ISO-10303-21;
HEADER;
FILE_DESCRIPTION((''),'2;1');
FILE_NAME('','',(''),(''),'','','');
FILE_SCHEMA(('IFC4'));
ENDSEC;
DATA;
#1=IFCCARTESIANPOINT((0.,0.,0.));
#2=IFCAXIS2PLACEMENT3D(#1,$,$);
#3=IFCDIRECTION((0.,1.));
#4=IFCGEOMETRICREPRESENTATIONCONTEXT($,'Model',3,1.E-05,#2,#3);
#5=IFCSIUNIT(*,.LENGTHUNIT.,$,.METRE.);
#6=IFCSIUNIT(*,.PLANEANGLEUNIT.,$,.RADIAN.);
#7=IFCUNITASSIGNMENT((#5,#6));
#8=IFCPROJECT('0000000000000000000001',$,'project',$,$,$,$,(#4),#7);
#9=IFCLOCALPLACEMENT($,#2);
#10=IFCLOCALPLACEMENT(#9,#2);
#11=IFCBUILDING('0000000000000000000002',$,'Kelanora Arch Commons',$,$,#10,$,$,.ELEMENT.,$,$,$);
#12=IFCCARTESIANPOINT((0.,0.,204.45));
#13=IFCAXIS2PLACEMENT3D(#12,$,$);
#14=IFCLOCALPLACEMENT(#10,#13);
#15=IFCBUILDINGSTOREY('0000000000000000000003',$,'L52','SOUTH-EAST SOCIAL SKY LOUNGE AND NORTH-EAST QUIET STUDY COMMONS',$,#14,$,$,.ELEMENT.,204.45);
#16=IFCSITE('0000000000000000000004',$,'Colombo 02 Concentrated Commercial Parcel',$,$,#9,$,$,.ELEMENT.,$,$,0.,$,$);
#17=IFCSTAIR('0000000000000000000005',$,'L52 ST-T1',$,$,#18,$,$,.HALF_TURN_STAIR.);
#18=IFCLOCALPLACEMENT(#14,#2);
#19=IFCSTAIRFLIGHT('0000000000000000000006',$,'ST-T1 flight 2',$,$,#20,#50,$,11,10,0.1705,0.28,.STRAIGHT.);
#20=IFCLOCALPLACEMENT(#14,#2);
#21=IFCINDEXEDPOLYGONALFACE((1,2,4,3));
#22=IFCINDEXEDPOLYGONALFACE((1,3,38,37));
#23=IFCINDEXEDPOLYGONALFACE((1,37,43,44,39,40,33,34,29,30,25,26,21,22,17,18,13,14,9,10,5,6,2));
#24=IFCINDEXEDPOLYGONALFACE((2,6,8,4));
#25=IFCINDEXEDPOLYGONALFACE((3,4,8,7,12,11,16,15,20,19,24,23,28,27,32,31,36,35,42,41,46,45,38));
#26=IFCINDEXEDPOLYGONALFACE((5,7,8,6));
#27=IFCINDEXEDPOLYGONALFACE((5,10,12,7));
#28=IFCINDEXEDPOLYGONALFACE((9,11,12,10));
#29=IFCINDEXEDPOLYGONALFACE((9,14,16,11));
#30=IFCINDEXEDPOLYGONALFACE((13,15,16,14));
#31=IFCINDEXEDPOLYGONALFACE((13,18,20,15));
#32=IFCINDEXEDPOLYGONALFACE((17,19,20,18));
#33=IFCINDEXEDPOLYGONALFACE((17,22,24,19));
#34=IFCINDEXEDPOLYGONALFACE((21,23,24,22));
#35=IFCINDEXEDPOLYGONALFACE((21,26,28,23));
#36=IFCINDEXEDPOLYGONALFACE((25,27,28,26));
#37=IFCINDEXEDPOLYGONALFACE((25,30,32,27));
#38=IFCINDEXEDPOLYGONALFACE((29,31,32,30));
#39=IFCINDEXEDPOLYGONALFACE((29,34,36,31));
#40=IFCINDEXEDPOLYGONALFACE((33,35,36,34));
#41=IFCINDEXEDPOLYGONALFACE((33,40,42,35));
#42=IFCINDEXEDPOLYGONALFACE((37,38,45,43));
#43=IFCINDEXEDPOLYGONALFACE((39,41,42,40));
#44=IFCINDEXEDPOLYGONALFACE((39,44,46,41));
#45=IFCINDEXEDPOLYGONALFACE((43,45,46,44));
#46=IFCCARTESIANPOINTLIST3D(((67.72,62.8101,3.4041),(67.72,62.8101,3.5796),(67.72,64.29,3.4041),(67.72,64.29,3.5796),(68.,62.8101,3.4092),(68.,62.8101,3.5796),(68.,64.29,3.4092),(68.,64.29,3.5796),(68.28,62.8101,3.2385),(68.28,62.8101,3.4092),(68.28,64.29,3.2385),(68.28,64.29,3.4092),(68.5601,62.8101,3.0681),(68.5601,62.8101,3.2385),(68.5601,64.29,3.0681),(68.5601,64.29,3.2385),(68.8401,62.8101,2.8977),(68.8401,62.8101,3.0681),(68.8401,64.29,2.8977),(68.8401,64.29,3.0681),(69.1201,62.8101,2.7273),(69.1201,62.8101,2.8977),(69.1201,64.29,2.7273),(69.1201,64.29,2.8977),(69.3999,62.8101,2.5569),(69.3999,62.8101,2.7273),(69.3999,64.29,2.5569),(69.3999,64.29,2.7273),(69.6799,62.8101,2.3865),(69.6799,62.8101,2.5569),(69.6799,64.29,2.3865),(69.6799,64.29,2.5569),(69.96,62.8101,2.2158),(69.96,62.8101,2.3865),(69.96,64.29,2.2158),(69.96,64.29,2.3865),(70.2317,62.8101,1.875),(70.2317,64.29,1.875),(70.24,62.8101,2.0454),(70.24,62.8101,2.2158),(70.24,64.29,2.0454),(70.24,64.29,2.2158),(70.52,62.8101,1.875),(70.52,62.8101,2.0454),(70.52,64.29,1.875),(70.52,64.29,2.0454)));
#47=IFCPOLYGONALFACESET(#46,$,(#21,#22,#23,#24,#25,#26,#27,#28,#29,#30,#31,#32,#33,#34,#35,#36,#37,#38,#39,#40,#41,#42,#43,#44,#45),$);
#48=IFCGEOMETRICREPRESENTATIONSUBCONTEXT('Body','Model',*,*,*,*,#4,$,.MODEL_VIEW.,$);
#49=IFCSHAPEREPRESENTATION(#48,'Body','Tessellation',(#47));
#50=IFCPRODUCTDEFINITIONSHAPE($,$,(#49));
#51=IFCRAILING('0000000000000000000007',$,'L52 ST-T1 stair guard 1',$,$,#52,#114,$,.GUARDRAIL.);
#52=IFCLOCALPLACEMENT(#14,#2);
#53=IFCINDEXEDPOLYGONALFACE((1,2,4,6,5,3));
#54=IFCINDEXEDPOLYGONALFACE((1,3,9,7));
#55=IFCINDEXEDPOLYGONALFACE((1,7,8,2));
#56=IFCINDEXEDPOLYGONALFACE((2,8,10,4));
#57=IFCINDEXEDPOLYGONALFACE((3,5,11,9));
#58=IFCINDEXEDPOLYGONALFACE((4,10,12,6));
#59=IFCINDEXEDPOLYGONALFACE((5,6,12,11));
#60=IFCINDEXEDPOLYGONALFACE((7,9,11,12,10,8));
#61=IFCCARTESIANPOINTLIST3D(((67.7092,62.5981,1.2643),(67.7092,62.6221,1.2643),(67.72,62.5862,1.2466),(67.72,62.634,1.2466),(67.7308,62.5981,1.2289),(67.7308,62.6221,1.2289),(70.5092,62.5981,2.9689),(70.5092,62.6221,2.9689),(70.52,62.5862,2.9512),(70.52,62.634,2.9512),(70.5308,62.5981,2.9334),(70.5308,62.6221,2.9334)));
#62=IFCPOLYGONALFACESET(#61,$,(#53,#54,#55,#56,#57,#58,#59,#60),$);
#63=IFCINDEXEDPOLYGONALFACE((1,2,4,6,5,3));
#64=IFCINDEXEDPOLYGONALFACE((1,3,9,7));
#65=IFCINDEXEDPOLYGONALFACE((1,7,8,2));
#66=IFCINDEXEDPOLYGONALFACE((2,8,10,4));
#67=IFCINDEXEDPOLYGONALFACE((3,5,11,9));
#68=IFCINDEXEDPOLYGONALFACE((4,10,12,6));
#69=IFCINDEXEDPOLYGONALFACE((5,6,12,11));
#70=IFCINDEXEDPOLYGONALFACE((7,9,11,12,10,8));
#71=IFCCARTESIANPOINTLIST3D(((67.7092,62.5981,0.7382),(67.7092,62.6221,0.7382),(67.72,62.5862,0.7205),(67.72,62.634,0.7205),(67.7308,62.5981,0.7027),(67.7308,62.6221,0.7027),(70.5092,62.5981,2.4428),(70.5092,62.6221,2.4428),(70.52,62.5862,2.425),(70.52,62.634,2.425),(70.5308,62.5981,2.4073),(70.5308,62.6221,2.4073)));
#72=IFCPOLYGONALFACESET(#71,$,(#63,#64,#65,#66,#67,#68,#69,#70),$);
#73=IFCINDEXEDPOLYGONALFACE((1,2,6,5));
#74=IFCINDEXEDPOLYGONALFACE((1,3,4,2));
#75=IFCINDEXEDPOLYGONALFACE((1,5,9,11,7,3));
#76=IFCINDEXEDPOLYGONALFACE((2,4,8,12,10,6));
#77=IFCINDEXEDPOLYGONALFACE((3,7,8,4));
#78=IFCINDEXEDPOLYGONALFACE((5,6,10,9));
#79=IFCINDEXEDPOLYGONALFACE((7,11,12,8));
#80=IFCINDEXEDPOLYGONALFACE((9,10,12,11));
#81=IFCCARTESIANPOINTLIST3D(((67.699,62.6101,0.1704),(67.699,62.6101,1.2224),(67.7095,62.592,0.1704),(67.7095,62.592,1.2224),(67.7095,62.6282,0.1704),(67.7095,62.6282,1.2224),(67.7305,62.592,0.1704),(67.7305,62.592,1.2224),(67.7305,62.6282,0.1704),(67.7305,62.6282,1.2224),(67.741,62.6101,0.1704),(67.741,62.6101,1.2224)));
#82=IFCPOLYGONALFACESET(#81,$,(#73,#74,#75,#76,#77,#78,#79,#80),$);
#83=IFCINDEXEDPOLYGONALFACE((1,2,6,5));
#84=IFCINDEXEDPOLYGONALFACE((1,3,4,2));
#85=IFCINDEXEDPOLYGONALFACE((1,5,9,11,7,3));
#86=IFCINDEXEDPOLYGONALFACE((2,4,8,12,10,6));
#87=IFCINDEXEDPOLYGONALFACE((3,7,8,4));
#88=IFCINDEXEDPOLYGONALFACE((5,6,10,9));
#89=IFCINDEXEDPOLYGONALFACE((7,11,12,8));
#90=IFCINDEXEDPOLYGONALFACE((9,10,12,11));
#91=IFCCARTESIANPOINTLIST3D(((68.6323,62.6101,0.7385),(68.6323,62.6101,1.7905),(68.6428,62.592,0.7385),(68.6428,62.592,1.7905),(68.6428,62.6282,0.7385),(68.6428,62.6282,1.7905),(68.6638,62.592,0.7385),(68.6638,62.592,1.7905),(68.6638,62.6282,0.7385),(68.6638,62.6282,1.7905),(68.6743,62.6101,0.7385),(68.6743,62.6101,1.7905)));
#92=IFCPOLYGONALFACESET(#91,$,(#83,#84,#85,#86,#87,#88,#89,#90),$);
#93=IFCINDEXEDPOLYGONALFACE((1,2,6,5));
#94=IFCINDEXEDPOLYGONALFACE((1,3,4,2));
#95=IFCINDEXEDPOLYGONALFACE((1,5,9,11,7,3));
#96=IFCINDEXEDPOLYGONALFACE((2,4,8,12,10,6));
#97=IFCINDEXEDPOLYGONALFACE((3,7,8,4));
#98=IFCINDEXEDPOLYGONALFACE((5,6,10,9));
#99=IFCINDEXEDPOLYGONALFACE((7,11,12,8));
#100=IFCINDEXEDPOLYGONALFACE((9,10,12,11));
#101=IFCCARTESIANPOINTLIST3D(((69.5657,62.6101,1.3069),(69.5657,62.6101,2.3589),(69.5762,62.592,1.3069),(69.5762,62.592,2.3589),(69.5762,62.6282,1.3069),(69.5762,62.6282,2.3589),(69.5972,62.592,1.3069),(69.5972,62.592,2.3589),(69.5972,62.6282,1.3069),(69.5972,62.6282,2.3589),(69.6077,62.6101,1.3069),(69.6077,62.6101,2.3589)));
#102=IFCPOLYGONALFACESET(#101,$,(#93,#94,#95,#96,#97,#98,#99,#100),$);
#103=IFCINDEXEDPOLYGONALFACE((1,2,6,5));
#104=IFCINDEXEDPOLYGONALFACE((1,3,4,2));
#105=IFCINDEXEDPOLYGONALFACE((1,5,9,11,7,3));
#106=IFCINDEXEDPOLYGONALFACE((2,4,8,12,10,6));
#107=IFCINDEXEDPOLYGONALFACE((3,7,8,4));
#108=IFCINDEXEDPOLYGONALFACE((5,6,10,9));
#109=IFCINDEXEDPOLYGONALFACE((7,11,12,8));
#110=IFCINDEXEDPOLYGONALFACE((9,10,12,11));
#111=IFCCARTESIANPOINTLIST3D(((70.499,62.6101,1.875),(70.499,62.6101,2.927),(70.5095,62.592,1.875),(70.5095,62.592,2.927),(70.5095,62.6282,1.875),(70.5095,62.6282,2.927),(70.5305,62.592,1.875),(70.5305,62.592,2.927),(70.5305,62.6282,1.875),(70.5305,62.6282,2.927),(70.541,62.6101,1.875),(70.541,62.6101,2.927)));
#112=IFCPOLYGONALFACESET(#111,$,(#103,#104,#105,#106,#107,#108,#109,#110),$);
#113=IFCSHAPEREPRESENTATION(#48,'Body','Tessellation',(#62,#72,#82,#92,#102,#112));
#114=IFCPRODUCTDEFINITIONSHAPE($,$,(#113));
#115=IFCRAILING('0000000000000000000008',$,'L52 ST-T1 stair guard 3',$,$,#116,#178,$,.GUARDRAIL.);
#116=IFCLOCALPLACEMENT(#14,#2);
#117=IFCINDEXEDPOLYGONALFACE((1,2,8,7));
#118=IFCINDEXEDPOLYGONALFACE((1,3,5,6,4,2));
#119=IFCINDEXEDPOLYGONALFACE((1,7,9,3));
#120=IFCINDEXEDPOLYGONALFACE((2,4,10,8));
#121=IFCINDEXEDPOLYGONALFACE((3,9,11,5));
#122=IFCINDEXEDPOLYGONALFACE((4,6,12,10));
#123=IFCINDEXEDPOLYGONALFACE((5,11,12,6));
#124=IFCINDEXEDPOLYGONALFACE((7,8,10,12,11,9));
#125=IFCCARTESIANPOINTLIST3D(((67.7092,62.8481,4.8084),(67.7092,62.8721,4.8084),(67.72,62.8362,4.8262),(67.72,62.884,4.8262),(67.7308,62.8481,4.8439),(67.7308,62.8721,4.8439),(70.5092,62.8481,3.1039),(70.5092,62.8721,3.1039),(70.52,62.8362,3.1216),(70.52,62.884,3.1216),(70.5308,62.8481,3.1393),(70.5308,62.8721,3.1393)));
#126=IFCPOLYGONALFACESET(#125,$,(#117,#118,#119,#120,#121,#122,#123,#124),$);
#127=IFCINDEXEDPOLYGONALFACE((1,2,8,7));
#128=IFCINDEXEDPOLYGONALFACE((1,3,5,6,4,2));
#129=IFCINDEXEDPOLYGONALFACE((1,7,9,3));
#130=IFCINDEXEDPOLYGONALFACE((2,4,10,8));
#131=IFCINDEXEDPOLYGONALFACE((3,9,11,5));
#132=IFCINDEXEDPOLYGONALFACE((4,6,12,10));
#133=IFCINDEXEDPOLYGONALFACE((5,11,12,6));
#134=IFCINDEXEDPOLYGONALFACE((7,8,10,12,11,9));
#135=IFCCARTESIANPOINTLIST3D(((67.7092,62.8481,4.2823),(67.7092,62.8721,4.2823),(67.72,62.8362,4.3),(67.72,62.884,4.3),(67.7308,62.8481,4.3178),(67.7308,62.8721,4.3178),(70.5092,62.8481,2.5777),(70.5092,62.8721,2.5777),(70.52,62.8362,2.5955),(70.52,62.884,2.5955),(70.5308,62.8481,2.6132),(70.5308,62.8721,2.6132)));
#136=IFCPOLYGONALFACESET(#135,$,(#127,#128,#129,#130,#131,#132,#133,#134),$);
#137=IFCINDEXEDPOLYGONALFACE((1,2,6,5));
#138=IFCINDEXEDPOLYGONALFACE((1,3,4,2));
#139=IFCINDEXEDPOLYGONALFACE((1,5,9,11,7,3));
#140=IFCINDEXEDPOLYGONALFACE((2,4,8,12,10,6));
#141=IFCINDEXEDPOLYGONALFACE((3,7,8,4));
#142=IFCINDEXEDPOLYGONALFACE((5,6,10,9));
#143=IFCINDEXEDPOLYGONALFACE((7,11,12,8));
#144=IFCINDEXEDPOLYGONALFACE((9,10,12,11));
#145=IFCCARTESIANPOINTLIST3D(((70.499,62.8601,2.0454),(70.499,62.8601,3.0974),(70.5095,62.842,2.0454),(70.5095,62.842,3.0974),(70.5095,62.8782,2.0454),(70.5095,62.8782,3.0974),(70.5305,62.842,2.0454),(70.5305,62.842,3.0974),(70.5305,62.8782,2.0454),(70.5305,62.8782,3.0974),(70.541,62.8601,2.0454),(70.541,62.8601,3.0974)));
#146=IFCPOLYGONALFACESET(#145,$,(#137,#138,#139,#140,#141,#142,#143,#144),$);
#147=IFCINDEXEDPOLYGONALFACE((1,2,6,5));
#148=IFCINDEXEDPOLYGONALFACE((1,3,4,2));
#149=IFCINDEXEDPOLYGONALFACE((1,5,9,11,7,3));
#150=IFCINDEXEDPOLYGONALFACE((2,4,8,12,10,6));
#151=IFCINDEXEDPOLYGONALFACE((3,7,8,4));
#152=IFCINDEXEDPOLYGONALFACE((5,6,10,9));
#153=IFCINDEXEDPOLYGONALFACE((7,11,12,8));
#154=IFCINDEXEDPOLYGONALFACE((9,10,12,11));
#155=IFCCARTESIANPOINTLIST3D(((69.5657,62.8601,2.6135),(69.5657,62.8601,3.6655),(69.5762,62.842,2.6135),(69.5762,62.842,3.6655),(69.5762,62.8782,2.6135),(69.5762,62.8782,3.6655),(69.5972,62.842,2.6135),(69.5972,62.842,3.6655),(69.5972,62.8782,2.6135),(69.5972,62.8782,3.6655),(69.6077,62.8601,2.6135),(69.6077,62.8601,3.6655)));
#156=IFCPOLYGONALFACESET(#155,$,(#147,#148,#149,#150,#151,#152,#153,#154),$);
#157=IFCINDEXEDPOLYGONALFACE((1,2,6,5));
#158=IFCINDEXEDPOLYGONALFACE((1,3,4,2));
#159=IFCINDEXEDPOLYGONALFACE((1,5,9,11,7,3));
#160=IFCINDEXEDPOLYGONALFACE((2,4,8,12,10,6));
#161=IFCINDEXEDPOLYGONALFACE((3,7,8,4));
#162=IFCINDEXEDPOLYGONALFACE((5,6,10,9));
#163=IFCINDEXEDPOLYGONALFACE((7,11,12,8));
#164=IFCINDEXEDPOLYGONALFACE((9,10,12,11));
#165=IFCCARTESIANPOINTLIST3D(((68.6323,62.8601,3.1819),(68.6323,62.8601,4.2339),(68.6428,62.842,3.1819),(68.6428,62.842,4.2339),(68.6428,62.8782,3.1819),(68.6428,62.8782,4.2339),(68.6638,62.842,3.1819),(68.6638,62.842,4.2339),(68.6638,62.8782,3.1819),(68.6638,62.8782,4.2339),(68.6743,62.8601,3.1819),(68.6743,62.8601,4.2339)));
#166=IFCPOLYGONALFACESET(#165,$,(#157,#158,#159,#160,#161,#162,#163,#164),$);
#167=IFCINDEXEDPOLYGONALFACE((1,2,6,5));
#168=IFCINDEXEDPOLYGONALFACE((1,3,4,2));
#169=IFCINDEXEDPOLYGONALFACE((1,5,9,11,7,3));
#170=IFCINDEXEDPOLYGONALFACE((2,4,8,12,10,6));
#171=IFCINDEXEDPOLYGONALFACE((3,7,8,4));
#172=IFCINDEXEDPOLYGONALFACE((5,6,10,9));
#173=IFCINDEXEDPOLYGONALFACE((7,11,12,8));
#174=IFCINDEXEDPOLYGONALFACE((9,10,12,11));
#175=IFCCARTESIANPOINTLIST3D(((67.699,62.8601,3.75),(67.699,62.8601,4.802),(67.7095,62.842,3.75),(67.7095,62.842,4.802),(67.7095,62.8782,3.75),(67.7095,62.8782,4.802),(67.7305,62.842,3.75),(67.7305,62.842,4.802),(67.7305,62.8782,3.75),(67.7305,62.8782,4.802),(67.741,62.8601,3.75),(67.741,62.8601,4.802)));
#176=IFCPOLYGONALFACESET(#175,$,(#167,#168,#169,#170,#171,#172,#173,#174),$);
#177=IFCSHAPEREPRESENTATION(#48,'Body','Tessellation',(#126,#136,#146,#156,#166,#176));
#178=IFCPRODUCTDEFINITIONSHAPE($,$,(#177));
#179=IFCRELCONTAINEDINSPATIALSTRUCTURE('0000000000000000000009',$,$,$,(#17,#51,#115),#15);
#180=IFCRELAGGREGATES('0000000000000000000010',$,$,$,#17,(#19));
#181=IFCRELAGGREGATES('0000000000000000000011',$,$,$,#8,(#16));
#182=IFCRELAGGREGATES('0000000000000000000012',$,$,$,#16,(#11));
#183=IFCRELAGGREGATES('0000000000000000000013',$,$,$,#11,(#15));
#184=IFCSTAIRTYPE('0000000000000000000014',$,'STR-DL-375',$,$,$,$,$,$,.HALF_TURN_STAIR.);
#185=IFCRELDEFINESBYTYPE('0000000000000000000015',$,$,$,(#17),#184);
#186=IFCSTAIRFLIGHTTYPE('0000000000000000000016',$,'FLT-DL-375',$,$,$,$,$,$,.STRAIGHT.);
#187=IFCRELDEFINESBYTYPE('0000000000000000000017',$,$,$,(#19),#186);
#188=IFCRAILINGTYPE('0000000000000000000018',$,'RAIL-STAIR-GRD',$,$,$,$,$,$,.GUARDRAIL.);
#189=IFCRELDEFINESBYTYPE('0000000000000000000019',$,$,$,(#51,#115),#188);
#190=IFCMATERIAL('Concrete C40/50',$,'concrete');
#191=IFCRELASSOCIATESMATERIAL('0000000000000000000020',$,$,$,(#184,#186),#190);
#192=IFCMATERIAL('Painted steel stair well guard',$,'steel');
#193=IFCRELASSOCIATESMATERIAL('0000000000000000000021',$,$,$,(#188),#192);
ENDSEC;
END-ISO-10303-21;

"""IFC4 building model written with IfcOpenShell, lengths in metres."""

from ifc_helpers import new_model, si_unit, direction, frame, origin, place, context, subcontext, project, spatial, polyline, outline, extrude, material, type_object, element, aggregate, save


model = new_model("IFC4")

# Units and contexts
model_context = context("Model", 3, precision=1e-05, world=origin(), true_north=direction((0.0, 1.0)))
body_context = subcontext(model_context, "Body", "Model", "MODEL_VIEW")
ifc_project = project(units=[si_unit("LENGTHUNIT", "METRE"), si_unit("PLANEANGLEUNIT", "RADIAN")], contexts=[model_context])

# Site, building, storey
site_placement = place(None, origin())
site = spatial("IfcSite", under=ifc_project, at=site_placement, Name="Colombo 02 Concentrated Commercial Parcel", CompositionType="ELEMENT", RefElevation=0.0)
building_placement = place(site_placement, origin())
building = spatial("IfcBuilding", under=site, at=building_placement, Name="Kelanora Arch Commons", CompositionType="ELEMENT")
storey_placement = place(building_placement, frame((0.0, 0.0, 204.45)))
storey = spatial("IfcBuildingStorey", under=building, at=storey_placement, Name="L52", Description="SOUTH-EAST SOCIAL SKY LOUNGE AND NORTH-EAST QUIET STUDY COMMONS", CompositionType="ELEMENT", Elevation=204.45)

# Shared definitions
ifc_material_1 = material(Name="Concrete C40/50", Category="concrete")

# Stair, stair flight
stair_type = type_object("IfcStairType", Name="STR-DL-375", PredefinedType="HALF_TURN_STAIR", material=ifc_material_1)
stair_placement = place(storey_placement, origin())
stair = element("IfcStair", 1, at=stair_placement, inside=storey, type_object=stair_type, Name="L52 ST-T1", PredefinedType="HALF_TURN_STAIR")
stair_flight_type = type_object("IfcStairFlightType", Name="FLT-DL-375", PredefinedType="STRAIGHT", material=ifc_material_1)
stair_flight_1_placement = place(storey_placement, frame((70.52, 63.55, 1.875), z_axis=(0.0, 0.0, 1.0), x_axis=(-1.0, 0.0, 0.0)))
stair_flight_1 = element("IfcStairFlight", 2, at=stair_flight_1_placement, type_object=stair_flight_type, Name="ST-T1 flight 2", NumberOfRisers=11, NumberOfTreads=10, PredefinedType="STRAIGHT", RiserHeight=0.1705, TreadLength=0.28, context=body_context, shape_type="SweptSolid", body=[
    extrude(outline(polyline([(0.0, 0.0), (0.0, 0.1704), (0.28, 0.1704), (0.28, 0.3408), (0.5601, 0.3408), (0.5601, 0.5115), (0.8401, 0.5115), (0.8401, 0.6819), (1.1201, 0.6819), (1.1201, 0.8523), (1.3999, 0.8523), (1.3999, 1.0227), (1.6799, 1.0227), (1.6799, 1.1931), (1.96, 1.1931), (1.96, 1.3635), (2.24, 1.3635), (2.24, 1.5342), (2.52, 1.5342), (2.52, 1.7046), (2.8, 1.7046), (2.8, 1.875), (2.8, 1.5291), (0.2883, 0.0), (0.0, 0.0)])), frame((0.0, 0.74, 0.0), z_axis=(0.0, -1.0, 0.0), x_axis=(1.0, 0.0, 0.0)), (0.0, 0.0, 1.0), 1.48),
])
aggregate(stair, [stair_flight_1])

# Railings
ifc_material_2 = material(Name="Painted steel stair well guard", Category="steel")
railing_type_1 = type_object("IfcRailingType", Name="RAIL-STAIR-GRD", PredefinedType="GUARDRAIL", material=ifc_material_2)
railing_1_placement = place(storey_placement, frame((67.72, 62.6101, 0.1704)))
element("IfcRailing", 3, at=railing_1_placement, inside=storey, type_object=railing_type_1, Name="L52 ST-T1 stair guard 1", PredefinedType="GUARDRAIL", context=body_context, shape_type="SweptSolid", body=[
    extrude(outline(polyline([(0.0239, 0.0), (0.012, 0.0208), (-0.012, 0.0208), (-0.0239, 0.0), (-0.012, -0.0208), (0.012, -0.0208), (0.0239, 0.0)])), frame((0.0, 0.0, 1.0762), z_axis=(0.85417, 0.0, 0.519994), x_axis=(0.0, 1.0, 0.0)), (0.0, 0.0, 1.0), 3.2781),
    extrude(outline(polyline([(0.0239, 0.0), (0.012, 0.0208), (-0.012, 0.0208), (-0.0239, 0.0), (-0.012, -0.0208), (0.012, -0.0208), (0.0239, 0.0)])), frame((0.0, 0.0, 0.55), z_axis=(0.85417, 0.0, 0.519994), x_axis=(0.0, 1.0, 0.0)), (0.0, 0.0, 1.0), 3.2781),
    extrude(outline(polyline([(0.021, 0.0), (0.0105, 0.0181), (-0.0105, 0.0181), (-0.021, 0.0), (-0.0105, -0.0181), (0.0105, -0.0181), (0.021, 0.0)])), origin(), (0.0, 0.0, 1.0), 1.052),
    extrude(outline(polyline([(0.021, 0.0), (0.0105, 0.0181), (-0.0105, 0.0181), (-0.021, 0.0), (-0.0105, -0.0181), (0.0105, -0.0181), (0.021, 0.0)])), frame((0.9333, 0.0, 0.5681)), (0.0, 0.0, 1.0), 1.052),
    extrude(outline(polyline([(0.021, 0.0), (0.0105, 0.0181), (-0.0105, 0.0181), (-0.021, 0.0), (-0.0105, -0.0181), (0.0105, -0.0181), (0.021, 0.0)])), frame((1.8667, 0.0, 1.1365)), (0.0, 0.0, 1.0), 1.052),
    extrude(outline(polyline([(0.021, 0.0), (0.0105, 0.0181), (-0.0105, 0.0181), (-0.021, 0.0), (-0.0105, -0.0181), (0.0105, -0.0181), (0.021, 0.0)])), frame((2.8, 0.0, 1.7046)), (0.0, 0.0, 1.0), 1.052),
])
railing_2_placement = place(storey_placement, frame((70.52, 62.8601, 2.0454)))
element("IfcRailing", 4, at=railing_2_placement, inside=storey, type_object=railing_type_1, Name="L52 ST-T1 stair guard 3", PredefinedType="GUARDRAIL", context=body_context, shape_type="SweptSolid", body=[
    extrude(outline(polyline([(0.0239, 0.0), (0.012, 0.0208), (-0.012, 0.0208), (-0.0239, 0.0), (-0.012, -0.0208), (0.012, -0.0208), (0.0239, 0.0)])), frame((0.0, 0.0, 1.0762), z_axis=(-0.85417, 0.0, 0.519994), x_axis=(0.0, -1.0, 0.0)), (0.0, 0.0, 1.0), 3.2781),
    extrude(outline(polyline([(0.0239, 0.0), (0.012, 0.0208), (-0.012, 0.0208), (-0.0239, 0.0), (-0.012, -0.0208), (0.012, -0.0208), (0.0239, 0.0)])), frame((0.0, 0.0, 0.55), z_axis=(-0.85417, 0.0, 0.519994), x_axis=(0.0, -1.0, 0.0)), (0.0, 0.0, 1.0), 3.2781),
    extrude(outline(polyline([(0.021, 0.0), (0.0105, 0.0181), (-0.0105, 0.0181), (-0.021, 0.0), (-0.0105, -0.0181), (0.0105, -0.0181), (0.021, 0.0)])), origin(), (0.0, 0.0, 1.0), 1.052),
    extrude(outline(polyline([(0.021, 0.0), (0.0105, 0.0181), (-0.0105, 0.0181), (-0.021, 0.0), (-0.0105, -0.0181), (0.0105, -0.0181), (0.021, 0.0)])), frame((-0.9333, 0.0, 0.5681)), (0.0, 0.0, 1.0), 1.052),
    extrude(outline(polyline([(0.021, 0.0), (0.0105, 0.0181), (-0.0105, 0.0181), (-0.021, 0.0), (-0.0105, -0.0181), (0.0105, -0.0181), (0.021, 0.0)])), frame((-1.8667, 0.0, 1.1365)), (0.0, 0.0, 1.0), 1.052),
    extrude(outline(polyline([(0.021, 0.0), (0.0105, 0.0181), (-0.0105, 0.0181), (-0.021, 0.0), (-0.0105, -0.0181), (0.0105, -0.0181), (0.021, 0.0)])), frame((-2.8, 0.0, 1.7046)), (0.0, 0.0, 1.0), 1.052),
])

save(model, "model.ifc")
